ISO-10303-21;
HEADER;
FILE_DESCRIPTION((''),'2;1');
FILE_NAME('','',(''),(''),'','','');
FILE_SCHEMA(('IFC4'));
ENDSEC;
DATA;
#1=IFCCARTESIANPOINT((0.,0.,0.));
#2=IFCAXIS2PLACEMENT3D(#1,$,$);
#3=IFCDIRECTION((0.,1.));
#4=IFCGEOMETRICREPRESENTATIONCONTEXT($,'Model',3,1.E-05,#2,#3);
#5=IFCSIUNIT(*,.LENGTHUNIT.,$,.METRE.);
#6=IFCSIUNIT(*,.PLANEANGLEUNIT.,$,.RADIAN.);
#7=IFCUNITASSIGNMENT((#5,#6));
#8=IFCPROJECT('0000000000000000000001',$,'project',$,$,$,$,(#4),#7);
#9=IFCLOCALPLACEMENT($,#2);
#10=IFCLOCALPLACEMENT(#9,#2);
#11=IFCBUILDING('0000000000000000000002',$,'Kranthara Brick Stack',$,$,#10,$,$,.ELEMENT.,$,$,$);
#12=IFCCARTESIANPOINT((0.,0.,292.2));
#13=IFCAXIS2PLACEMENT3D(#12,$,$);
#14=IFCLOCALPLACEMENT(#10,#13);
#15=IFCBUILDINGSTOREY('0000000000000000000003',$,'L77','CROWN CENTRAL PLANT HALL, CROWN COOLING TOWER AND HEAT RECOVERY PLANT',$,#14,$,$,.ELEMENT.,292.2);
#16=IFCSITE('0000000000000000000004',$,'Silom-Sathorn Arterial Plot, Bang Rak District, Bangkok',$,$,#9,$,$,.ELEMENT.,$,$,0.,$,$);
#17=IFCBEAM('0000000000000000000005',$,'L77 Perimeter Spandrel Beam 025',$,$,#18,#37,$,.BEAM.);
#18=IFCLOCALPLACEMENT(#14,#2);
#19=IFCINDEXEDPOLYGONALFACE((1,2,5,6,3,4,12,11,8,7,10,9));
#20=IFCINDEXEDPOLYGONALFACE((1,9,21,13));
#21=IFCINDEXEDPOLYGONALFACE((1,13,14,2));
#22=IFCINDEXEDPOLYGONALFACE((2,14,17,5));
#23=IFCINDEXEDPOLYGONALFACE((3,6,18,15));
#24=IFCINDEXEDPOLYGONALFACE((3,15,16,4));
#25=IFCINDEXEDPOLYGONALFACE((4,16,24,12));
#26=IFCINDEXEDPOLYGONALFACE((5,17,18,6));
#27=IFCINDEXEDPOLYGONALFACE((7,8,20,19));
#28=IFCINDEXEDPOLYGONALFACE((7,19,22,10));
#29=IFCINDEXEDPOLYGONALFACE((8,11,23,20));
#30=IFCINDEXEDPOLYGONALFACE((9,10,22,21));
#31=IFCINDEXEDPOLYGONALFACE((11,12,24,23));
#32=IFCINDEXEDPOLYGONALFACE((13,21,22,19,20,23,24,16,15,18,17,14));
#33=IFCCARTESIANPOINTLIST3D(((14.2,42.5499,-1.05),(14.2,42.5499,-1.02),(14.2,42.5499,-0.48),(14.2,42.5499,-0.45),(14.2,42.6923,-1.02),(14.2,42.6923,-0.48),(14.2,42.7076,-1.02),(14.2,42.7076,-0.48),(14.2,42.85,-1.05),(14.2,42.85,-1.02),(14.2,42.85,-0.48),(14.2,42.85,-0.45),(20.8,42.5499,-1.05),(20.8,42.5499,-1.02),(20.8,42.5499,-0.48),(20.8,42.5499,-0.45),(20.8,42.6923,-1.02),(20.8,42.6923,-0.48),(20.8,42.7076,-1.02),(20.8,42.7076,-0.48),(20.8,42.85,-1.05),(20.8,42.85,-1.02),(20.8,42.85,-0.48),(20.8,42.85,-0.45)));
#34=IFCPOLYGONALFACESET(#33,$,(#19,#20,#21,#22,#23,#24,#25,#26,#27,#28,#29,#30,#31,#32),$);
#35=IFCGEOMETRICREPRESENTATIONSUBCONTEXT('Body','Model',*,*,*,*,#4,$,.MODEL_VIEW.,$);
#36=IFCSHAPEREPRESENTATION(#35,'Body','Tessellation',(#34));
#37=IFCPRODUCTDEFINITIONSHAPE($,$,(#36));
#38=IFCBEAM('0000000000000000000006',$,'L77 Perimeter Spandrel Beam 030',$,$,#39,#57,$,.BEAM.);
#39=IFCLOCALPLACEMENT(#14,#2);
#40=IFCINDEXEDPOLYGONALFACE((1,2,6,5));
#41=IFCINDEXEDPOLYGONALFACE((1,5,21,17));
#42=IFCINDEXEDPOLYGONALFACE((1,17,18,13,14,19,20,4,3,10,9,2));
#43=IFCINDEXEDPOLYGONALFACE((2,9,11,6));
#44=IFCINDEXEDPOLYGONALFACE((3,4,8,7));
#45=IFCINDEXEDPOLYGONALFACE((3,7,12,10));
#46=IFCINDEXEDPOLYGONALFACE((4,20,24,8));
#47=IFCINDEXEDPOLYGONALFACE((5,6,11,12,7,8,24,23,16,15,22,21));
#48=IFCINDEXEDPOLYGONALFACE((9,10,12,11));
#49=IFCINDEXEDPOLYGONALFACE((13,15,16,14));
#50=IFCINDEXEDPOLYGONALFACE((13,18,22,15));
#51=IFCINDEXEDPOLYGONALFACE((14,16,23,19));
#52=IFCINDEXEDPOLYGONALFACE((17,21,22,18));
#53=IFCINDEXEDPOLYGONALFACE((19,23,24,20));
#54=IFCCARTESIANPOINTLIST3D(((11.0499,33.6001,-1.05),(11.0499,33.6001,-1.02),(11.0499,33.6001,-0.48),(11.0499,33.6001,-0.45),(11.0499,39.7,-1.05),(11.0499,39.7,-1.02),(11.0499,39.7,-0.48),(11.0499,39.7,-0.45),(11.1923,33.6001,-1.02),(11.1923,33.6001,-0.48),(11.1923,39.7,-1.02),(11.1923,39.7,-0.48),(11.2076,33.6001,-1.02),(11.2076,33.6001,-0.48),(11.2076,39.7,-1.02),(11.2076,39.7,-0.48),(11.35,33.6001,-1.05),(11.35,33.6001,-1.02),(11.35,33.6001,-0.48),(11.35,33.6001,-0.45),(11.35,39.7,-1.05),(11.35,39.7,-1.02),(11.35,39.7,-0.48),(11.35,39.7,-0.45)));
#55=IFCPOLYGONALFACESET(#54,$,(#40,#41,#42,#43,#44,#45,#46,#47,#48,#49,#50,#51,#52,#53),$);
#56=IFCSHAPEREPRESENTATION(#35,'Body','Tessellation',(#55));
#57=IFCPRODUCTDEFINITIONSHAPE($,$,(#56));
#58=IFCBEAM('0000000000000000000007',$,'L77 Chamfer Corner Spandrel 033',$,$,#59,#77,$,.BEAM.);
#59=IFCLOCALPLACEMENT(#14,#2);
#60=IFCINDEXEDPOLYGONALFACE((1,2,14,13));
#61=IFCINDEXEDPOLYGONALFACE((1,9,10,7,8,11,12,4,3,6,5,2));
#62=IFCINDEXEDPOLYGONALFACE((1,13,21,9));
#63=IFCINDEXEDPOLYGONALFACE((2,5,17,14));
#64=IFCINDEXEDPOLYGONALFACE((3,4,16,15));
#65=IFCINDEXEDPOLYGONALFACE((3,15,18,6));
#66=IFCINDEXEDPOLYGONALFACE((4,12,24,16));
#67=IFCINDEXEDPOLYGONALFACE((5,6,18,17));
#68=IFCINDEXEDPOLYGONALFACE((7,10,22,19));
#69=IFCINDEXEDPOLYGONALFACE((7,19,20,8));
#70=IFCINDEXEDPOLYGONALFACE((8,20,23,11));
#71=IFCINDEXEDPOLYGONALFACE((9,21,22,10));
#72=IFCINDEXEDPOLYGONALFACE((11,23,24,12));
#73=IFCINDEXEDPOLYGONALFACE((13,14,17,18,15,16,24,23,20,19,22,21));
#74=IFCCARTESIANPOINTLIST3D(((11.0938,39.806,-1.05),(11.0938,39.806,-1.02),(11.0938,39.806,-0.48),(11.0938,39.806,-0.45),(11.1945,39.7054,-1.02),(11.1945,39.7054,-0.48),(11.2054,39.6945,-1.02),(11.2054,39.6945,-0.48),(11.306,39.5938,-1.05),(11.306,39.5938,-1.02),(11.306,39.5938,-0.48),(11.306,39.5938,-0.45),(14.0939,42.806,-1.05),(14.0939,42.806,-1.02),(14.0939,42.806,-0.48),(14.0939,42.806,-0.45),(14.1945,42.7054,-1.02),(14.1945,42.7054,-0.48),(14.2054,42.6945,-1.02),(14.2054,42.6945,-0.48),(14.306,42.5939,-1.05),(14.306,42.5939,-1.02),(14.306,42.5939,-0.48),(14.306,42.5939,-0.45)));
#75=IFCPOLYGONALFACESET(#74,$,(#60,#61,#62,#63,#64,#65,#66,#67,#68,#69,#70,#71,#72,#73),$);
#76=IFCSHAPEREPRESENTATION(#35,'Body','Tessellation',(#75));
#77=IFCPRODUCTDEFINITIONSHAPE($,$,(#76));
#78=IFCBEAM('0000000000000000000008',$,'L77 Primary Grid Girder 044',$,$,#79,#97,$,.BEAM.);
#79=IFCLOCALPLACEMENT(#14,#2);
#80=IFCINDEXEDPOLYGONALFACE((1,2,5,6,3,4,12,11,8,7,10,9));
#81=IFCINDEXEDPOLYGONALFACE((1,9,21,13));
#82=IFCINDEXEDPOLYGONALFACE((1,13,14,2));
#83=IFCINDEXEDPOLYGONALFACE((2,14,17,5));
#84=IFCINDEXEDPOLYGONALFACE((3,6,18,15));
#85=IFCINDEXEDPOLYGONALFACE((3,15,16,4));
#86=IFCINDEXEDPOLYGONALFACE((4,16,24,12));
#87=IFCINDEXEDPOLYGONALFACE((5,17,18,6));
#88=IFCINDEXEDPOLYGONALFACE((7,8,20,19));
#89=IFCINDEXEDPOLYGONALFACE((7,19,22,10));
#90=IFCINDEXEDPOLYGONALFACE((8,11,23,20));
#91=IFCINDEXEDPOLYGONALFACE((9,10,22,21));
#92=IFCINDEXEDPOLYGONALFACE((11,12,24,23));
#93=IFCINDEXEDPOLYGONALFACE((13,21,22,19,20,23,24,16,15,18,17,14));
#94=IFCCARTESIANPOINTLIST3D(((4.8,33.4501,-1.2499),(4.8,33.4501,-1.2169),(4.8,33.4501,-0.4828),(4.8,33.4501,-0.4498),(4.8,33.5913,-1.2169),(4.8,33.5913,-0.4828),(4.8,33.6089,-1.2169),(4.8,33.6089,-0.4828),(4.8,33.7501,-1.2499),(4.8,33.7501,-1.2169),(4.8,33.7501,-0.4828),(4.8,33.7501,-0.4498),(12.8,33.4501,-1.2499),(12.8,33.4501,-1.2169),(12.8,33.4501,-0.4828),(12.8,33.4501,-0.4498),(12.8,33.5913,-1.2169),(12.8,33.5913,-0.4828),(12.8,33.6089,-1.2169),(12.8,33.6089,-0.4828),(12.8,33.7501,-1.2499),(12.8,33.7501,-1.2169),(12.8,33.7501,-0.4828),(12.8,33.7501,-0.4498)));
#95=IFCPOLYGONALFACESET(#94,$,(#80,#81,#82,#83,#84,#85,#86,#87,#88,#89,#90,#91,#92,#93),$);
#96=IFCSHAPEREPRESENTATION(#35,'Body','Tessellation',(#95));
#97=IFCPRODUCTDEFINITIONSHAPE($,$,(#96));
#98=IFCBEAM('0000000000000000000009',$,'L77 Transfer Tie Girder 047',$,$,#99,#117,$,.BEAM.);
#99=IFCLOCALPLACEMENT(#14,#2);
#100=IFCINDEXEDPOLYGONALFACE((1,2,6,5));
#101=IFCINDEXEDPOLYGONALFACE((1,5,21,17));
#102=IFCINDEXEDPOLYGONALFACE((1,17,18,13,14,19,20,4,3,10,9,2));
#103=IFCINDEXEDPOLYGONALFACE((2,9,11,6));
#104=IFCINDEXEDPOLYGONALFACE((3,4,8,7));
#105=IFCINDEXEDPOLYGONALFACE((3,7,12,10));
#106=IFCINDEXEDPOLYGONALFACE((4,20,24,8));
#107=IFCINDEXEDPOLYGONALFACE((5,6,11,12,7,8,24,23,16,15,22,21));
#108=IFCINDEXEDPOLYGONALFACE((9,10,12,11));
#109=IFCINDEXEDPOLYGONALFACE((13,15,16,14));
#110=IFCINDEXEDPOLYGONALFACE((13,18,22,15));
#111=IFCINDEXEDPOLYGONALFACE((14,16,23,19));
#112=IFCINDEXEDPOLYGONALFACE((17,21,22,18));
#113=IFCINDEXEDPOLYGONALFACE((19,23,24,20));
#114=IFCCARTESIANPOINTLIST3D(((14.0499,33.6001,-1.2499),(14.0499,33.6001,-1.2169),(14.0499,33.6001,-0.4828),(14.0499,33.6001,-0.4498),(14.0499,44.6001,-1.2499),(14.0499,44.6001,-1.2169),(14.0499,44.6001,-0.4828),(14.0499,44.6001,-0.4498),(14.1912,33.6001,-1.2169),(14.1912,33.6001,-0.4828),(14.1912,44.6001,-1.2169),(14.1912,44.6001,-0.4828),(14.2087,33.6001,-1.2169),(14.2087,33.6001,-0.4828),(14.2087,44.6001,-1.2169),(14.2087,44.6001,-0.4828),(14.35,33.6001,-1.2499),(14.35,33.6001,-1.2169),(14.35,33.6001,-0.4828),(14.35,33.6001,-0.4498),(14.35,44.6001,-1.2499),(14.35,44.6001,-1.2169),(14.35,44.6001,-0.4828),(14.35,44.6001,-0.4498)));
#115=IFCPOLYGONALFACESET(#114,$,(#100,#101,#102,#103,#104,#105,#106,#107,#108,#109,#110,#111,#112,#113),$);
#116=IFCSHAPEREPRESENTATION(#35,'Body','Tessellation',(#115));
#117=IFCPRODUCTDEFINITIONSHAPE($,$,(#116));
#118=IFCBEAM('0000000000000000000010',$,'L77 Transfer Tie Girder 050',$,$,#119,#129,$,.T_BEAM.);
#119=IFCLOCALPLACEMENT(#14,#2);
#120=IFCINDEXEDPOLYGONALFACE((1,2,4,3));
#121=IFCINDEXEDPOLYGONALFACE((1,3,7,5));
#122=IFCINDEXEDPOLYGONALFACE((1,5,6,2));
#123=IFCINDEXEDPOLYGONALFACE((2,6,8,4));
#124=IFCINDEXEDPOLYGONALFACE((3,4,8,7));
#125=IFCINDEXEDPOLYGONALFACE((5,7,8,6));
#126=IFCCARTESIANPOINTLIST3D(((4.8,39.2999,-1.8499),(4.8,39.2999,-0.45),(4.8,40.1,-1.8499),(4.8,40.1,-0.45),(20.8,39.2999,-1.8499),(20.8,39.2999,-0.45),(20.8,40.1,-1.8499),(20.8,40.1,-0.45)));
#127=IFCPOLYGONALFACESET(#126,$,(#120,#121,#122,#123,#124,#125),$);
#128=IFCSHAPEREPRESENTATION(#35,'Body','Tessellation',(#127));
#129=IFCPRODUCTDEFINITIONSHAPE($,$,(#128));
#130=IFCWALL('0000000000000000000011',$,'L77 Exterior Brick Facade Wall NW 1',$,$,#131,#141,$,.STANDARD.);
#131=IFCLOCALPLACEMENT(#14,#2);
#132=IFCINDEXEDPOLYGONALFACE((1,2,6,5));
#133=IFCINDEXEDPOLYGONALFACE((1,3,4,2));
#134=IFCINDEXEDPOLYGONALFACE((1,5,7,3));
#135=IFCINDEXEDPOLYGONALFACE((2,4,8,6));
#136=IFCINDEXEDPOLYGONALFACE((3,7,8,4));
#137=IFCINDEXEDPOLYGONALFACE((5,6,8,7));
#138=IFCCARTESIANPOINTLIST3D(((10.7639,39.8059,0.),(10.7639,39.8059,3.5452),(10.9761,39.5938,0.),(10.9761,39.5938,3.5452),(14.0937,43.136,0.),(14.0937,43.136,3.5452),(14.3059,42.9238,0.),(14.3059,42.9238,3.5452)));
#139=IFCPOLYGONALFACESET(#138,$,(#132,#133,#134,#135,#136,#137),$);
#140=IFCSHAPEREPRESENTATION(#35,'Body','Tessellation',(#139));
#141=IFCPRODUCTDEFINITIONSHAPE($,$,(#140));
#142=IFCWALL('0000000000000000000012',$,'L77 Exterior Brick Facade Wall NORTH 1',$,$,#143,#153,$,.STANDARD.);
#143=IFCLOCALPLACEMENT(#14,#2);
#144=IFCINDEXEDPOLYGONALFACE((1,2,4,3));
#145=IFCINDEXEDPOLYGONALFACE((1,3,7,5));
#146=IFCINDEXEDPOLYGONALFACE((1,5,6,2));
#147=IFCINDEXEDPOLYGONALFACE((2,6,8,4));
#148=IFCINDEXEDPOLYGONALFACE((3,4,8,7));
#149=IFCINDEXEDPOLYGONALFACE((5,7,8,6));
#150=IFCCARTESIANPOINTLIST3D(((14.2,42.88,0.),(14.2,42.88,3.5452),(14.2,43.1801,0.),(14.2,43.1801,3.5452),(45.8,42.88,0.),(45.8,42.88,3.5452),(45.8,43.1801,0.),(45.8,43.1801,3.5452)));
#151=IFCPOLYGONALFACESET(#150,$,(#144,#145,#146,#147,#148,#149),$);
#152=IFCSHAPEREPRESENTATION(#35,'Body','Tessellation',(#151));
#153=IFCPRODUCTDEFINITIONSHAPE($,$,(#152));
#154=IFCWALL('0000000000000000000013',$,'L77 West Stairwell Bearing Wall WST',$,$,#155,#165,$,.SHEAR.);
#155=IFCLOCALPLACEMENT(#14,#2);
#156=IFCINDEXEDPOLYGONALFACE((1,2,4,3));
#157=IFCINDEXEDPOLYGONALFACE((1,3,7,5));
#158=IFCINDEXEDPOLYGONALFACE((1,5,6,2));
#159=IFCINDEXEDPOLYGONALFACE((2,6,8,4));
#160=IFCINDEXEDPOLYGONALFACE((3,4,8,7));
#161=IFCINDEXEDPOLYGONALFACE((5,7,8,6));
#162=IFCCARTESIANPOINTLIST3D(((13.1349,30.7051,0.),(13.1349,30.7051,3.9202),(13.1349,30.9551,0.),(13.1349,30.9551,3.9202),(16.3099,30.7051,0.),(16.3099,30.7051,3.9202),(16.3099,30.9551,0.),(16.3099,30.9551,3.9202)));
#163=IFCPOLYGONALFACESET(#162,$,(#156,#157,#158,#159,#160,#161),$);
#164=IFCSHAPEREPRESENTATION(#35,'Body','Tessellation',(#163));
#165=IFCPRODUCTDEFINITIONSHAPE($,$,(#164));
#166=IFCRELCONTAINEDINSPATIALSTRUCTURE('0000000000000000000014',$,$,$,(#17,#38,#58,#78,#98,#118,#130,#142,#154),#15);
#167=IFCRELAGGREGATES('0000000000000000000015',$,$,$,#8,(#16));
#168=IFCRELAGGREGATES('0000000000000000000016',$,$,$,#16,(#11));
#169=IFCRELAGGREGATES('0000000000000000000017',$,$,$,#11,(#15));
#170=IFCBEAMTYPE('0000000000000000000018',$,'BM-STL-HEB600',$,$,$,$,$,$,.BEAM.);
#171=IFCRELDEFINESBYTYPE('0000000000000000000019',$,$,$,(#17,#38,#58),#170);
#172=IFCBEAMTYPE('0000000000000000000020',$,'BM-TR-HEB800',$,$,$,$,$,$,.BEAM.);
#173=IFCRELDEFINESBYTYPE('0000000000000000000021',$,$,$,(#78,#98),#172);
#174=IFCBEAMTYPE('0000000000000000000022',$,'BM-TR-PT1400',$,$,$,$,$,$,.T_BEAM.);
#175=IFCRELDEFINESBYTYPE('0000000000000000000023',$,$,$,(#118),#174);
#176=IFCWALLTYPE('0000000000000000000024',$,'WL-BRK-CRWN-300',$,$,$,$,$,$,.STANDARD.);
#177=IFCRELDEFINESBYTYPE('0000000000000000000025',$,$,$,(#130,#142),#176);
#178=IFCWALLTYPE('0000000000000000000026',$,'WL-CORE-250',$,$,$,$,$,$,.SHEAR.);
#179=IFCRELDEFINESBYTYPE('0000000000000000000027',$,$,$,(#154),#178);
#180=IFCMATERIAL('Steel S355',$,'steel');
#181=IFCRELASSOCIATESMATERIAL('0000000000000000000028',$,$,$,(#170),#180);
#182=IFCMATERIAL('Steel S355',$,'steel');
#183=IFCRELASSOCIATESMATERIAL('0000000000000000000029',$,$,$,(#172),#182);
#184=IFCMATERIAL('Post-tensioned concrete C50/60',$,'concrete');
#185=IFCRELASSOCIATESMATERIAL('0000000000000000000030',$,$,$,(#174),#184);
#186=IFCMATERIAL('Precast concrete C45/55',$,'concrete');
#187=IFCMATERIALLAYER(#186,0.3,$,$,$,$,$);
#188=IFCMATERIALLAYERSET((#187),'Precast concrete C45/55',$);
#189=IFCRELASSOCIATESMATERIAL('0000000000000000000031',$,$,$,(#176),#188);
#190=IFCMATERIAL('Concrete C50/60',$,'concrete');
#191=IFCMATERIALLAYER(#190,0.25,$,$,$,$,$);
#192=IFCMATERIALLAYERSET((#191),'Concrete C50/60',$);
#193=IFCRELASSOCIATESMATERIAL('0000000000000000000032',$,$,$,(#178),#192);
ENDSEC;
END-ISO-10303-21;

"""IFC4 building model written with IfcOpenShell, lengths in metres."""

from ifc_helpers import new_model, si_unit, direction, frame, frame_2d, origin, origin_2d, place, context, subcontext, project, spatial, rectangle, i_section, extrude, material, layer, layer_set, material_profile, profile_set, type_object, element, save


model = new_model("IFC4")

# Units and contexts
model_context = context("Model", 3, precision=1e-05, world=origin(), true_north=direction((0.0, 1.0)))
body_context = subcontext(model_context, "Body", "Model", "MODEL_VIEW")
ifc_project = project(units=[si_unit("LENGTHUNIT", "METRE"), si_unit("PLANEANGLEUNIT", "RADIAN")], contexts=[model_context])

# Site, building, storey
site_placement = place(None, origin())
site = spatial("IfcSite", under=ifc_project, at=site_placement, Name="Silom-Sathorn Arterial Plot, Bang Rak District, Bangkok", CompositionType="ELEMENT", RefElevation=0.0)
building_placement = place(site_placement, origin())
building = spatial("IfcBuilding", under=site, at=building_placement, Name="Kranthara Brick Stack", CompositionType="ELEMENT")
storey_placement = place(building_placement, frame((0.0, 0.0, 292.2)))
storey = spatial("IfcBuildingStorey", under=building, at=storey_placement, Name="L77", Description="CROWN CENTRAL PLANT HALL, CROWN COOLING TOWER AND HEAT RECOVERY PLANT", CompositionType="ELEMENT", Elevation=292.2)

# Beams
ifc_material_1 = material(Name="Steel S355", Category="steel")
ifc_material_profile_1 = material_profile(ifc_material_1, i_section(OverallWidth=0.3, OverallDepth=0.6001, WebThickness=0.0154, FlangeThickness=0.03, at=origin_2d()), Name="HEB 600")
ifc_profile_set_1 = profile_set([ifc_material_profile_1], Name="Steel S355")
beam_type_1 = type_object("IfcBeamType", Name="BM-STL-HEB600", PredefinedType="BEAM", material=ifc_profile_set_1)
beam_1_placement = place(storey_placement, frame((14.2, 42.7, -0.75), z_axis=(1.0, 0.0, 0.0), x_axis=(0.0, 1.0, 0.0)))
element("IfcBeam", 1, at=beam_1_placement, inside=storey, type_object=beam_type_1, Name="L77 Perimeter Spandrel Beam 025", PredefinedType="BEAM", context=body_context, shape_type="SweptSolid", body=[
    extrude(i_section(OverallWidth=0.3, OverallDepth=0.6001, WebThickness=0.0154, FlangeThickness=0.03, at=origin_2d()), origin(), (0.0, 0.0, 1.0), 6.6001),
])
beam_2_placement = place(storey_placement, frame((11.2, 33.6001, -0.75), z_axis=(0.0, 1.0, 0.0), x_axis=(-1.0, 0.0, 0.0)))
element("IfcBeam", 2, at=beam_2_placement, inside=storey, type_object=beam_type_1, Name="L77 Perimeter Spandrel Beam 030", PredefinedType="BEAM", context=body_context, shape_type="SweptSolid", body=[
    extrude(i_section(OverallWidth=0.3, OverallDepth=0.6001, WebThickness=0.0154, FlangeThickness=0.03, at=origin_2d()), origin(), (0.0, 0.0, 1.0), 6.0999),
])
beam_3_placement = place(storey_placement, frame((14.2, 42.7, -0.75), z_axis=(-0.707107, -0.707107, 0.0), x_axis=(0.707107, -0.707107, 0.0)))
element("IfcBeam", 3, at=beam_3_placement, inside=storey, type_object=beam_type_1, Name="L77 Chamfer Corner Spandrel 033", PredefinedType="BEAM", context=body_context, shape_type="SweptSolid", body=[
    extrude(i_section(OverallWidth=0.3, OverallDepth=0.6001, WebThickness=0.0154, FlangeThickness=0.03, at=origin_2d()), origin(), (0.0, 0.0, 1.0), 4.2427),
])
ifc_material_2 = material(Name="Steel S355", Category="steel")
ifc_material_profile_2 = material_profile(ifc_material_2, i_section(OverallWidth=0.3, OverallDepth=0.8, WebThickness=0.0176, FlangeThickness=0.033, at=origin_2d()), Name="HEB 800")
ifc_profile_set_2 = profile_set([ifc_material_profile_2], Name="Steel S355")
beam_type_2 = type_object("IfcBeamType", Name="BM-TR-HEB800", PredefinedType="BEAM", material=ifc_profile_set_2)
beam_4_placement = place(storey_placement, frame((4.8, 33.6001, -0.8499), z_axis=(1.0, 0.0, 0.0), x_axis=(0.0, 1.0, 0.0)))
element("IfcBeam", 4, at=beam_4_placement, inside=storey, type_object=beam_type_2, Name="L77 Primary Grid Girder 044", PredefinedType="BEAM", context=body_context, shape_type="SweptSolid", body=[
    extrude(i_section(OverallWidth=0.3, OverallDepth=0.8, WebThickness=0.0176, FlangeThickness=0.033, at=origin_2d()), origin(), (0.0, 0.0, 1.0), 8.0),
])
beam_5_placement = place(storey_placement, frame((14.2, 44.6001, -0.8499), z_axis=(0.0, -1.0, 0.0), x_axis=(1.0, 0.0, 0.0)))
element("IfcBeam", 5, at=beam_5_placement, inside=storey, type_object=beam_type_2, Name="L77 Transfer Tie Girder 047", PredefinedType="BEAM", context=body_context, shape_type="SweptSolid", body=[
    extrude(i_section(OverallWidth=0.3, OverallDepth=0.8, WebThickness=0.0176, FlangeThickness=0.033, at=origin_2d()), origin(), (0.0, 0.0, 1.0), 11.0),
])
ifc_material_3 = material(Name="Post-tensioned concrete C50/60", Category="concrete")
ifc_material_profile_3 = material_profile(ifc_material_3, rectangle(XDim=0.8, YDim=1.3999, at=origin_2d()), Name="PT 800x1400")
ifc_profile_set_3 = profile_set([ifc_material_profile_3], Name="Post-tensioned concrete C50/60")
beam_type_3 = type_object("IfcBeamType", Name="BM-TR-PT1400", PredefinedType="T_BEAM", material=ifc_profile_set_3)
beam_6_placement = place(storey_placement, frame((4.8, 39.7, -1.1499), z_axis=(1.0, 0.0, 0.0), x_axis=(0.0, 1.0, 0.0)))
element("IfcBeam", 6, at=beam_6_placement, inside=storey, type_object=beam_type_3, Name="L77 Transfer Tie Girder 050", PredefinedType="T_BEAM", context=body_context, shape_type="SweptSolid", body=[
    extrude(rectangle(XDim=0.8, YDim=1.3999, at=origin_2d()), origin(), (0.0, 0.0, 1.0), 16.0),
])

# Walls
ifc_material_4 = material(Name="Precast concrete C45/55", Category="concrete")
ifc_layer_1 = layer(ifc_material_4, 0.3)
ifc_layer_set_1 = layer_set([ifc_layer_1], Name="Precast concrete C45/55")
wall_type_1 = type_object("IfcWallType", Name="WL-BRK-CRWN-300", PredefinedType="STANDARD", material=ifc_layer_set_1)
wall_1_placement = place(storey_placement, frame((10.8701, 39.7, 0.0), z_axis=(0.0, 0.0, 1.0), x_axis=(0.707081, 0.707133, 0.0)))
element("IfcWall", 7, at=wall_1_placement, inside=storey, type_object=wall_type_1, Name="L77 Exterior Brick Facade Wall NW 1", PredefinedType="STANDARD", context=body_context, shape_type="SweptSolid", body=[
    extrude(rectangle(XDim=4.7092, YDim=0.3, at=frame_2d((2.3545, 0.0))), origin(), (0.0, 0.0, 1.0), 3.5452),
])
wall_2_placement = place(storey_placement, frame((14.2, 43.03, 0.0), z_axis=(0.0, 0.0, 1.0), x_axis=(1.0, 0.0, 0.0)))
element("IfcWall", 8, at=wall_2_placement, inside=storey, type_object=wall_type_1, Name="L77 Exterior Brick Facade Wall NORTH 1", PredefinedType="STANDARD", context=body_context, shape_type="SweptSolid", body=[
    extrude(rectangle(XDim=31.6001, YDim=0.3, at=frame_2d((15.8, 0.0))), origin(), (0.0, 0.0, 1.0), 3.5452),
])
ifc_material_5 = material(Name="Concrete C50/60", Category="concrete")
ifc_layer_2 = layer(ifc_material_5, 0.25)
ifc_layer_set_2 = layer_set([ifc_layer_2], Name="Concrete C50/60")
wall_type_2 = type_object("IfcWallType", Name="WL-CORE-250", PredefinedType="SHEAR", material=ifc_layer_set_2)
wall_3_placement = place(storey_placement, frame((13.135, 30.8301, 0.0), z_axis=(0.0, 0.0, 1.0), x_axis=(1.0, 0.0, 0.0)))
element("IfcWall", 9, at=wall_3_placement, inside=storey, type_object=wall_type_2, Name="L77 West Stairwell Bearing Wall WST", PredefinedType="SHEAR", context=body_context, shape_type="SweptSolid", body=[
    extrude(rectangle(XDim=3.175, YDim=0.25, at=frame_2d((1.5874, 0.0))), origin(), (0.0, 0.0, 1.0), 3.9202),
])

save(model, "model.ifc")
